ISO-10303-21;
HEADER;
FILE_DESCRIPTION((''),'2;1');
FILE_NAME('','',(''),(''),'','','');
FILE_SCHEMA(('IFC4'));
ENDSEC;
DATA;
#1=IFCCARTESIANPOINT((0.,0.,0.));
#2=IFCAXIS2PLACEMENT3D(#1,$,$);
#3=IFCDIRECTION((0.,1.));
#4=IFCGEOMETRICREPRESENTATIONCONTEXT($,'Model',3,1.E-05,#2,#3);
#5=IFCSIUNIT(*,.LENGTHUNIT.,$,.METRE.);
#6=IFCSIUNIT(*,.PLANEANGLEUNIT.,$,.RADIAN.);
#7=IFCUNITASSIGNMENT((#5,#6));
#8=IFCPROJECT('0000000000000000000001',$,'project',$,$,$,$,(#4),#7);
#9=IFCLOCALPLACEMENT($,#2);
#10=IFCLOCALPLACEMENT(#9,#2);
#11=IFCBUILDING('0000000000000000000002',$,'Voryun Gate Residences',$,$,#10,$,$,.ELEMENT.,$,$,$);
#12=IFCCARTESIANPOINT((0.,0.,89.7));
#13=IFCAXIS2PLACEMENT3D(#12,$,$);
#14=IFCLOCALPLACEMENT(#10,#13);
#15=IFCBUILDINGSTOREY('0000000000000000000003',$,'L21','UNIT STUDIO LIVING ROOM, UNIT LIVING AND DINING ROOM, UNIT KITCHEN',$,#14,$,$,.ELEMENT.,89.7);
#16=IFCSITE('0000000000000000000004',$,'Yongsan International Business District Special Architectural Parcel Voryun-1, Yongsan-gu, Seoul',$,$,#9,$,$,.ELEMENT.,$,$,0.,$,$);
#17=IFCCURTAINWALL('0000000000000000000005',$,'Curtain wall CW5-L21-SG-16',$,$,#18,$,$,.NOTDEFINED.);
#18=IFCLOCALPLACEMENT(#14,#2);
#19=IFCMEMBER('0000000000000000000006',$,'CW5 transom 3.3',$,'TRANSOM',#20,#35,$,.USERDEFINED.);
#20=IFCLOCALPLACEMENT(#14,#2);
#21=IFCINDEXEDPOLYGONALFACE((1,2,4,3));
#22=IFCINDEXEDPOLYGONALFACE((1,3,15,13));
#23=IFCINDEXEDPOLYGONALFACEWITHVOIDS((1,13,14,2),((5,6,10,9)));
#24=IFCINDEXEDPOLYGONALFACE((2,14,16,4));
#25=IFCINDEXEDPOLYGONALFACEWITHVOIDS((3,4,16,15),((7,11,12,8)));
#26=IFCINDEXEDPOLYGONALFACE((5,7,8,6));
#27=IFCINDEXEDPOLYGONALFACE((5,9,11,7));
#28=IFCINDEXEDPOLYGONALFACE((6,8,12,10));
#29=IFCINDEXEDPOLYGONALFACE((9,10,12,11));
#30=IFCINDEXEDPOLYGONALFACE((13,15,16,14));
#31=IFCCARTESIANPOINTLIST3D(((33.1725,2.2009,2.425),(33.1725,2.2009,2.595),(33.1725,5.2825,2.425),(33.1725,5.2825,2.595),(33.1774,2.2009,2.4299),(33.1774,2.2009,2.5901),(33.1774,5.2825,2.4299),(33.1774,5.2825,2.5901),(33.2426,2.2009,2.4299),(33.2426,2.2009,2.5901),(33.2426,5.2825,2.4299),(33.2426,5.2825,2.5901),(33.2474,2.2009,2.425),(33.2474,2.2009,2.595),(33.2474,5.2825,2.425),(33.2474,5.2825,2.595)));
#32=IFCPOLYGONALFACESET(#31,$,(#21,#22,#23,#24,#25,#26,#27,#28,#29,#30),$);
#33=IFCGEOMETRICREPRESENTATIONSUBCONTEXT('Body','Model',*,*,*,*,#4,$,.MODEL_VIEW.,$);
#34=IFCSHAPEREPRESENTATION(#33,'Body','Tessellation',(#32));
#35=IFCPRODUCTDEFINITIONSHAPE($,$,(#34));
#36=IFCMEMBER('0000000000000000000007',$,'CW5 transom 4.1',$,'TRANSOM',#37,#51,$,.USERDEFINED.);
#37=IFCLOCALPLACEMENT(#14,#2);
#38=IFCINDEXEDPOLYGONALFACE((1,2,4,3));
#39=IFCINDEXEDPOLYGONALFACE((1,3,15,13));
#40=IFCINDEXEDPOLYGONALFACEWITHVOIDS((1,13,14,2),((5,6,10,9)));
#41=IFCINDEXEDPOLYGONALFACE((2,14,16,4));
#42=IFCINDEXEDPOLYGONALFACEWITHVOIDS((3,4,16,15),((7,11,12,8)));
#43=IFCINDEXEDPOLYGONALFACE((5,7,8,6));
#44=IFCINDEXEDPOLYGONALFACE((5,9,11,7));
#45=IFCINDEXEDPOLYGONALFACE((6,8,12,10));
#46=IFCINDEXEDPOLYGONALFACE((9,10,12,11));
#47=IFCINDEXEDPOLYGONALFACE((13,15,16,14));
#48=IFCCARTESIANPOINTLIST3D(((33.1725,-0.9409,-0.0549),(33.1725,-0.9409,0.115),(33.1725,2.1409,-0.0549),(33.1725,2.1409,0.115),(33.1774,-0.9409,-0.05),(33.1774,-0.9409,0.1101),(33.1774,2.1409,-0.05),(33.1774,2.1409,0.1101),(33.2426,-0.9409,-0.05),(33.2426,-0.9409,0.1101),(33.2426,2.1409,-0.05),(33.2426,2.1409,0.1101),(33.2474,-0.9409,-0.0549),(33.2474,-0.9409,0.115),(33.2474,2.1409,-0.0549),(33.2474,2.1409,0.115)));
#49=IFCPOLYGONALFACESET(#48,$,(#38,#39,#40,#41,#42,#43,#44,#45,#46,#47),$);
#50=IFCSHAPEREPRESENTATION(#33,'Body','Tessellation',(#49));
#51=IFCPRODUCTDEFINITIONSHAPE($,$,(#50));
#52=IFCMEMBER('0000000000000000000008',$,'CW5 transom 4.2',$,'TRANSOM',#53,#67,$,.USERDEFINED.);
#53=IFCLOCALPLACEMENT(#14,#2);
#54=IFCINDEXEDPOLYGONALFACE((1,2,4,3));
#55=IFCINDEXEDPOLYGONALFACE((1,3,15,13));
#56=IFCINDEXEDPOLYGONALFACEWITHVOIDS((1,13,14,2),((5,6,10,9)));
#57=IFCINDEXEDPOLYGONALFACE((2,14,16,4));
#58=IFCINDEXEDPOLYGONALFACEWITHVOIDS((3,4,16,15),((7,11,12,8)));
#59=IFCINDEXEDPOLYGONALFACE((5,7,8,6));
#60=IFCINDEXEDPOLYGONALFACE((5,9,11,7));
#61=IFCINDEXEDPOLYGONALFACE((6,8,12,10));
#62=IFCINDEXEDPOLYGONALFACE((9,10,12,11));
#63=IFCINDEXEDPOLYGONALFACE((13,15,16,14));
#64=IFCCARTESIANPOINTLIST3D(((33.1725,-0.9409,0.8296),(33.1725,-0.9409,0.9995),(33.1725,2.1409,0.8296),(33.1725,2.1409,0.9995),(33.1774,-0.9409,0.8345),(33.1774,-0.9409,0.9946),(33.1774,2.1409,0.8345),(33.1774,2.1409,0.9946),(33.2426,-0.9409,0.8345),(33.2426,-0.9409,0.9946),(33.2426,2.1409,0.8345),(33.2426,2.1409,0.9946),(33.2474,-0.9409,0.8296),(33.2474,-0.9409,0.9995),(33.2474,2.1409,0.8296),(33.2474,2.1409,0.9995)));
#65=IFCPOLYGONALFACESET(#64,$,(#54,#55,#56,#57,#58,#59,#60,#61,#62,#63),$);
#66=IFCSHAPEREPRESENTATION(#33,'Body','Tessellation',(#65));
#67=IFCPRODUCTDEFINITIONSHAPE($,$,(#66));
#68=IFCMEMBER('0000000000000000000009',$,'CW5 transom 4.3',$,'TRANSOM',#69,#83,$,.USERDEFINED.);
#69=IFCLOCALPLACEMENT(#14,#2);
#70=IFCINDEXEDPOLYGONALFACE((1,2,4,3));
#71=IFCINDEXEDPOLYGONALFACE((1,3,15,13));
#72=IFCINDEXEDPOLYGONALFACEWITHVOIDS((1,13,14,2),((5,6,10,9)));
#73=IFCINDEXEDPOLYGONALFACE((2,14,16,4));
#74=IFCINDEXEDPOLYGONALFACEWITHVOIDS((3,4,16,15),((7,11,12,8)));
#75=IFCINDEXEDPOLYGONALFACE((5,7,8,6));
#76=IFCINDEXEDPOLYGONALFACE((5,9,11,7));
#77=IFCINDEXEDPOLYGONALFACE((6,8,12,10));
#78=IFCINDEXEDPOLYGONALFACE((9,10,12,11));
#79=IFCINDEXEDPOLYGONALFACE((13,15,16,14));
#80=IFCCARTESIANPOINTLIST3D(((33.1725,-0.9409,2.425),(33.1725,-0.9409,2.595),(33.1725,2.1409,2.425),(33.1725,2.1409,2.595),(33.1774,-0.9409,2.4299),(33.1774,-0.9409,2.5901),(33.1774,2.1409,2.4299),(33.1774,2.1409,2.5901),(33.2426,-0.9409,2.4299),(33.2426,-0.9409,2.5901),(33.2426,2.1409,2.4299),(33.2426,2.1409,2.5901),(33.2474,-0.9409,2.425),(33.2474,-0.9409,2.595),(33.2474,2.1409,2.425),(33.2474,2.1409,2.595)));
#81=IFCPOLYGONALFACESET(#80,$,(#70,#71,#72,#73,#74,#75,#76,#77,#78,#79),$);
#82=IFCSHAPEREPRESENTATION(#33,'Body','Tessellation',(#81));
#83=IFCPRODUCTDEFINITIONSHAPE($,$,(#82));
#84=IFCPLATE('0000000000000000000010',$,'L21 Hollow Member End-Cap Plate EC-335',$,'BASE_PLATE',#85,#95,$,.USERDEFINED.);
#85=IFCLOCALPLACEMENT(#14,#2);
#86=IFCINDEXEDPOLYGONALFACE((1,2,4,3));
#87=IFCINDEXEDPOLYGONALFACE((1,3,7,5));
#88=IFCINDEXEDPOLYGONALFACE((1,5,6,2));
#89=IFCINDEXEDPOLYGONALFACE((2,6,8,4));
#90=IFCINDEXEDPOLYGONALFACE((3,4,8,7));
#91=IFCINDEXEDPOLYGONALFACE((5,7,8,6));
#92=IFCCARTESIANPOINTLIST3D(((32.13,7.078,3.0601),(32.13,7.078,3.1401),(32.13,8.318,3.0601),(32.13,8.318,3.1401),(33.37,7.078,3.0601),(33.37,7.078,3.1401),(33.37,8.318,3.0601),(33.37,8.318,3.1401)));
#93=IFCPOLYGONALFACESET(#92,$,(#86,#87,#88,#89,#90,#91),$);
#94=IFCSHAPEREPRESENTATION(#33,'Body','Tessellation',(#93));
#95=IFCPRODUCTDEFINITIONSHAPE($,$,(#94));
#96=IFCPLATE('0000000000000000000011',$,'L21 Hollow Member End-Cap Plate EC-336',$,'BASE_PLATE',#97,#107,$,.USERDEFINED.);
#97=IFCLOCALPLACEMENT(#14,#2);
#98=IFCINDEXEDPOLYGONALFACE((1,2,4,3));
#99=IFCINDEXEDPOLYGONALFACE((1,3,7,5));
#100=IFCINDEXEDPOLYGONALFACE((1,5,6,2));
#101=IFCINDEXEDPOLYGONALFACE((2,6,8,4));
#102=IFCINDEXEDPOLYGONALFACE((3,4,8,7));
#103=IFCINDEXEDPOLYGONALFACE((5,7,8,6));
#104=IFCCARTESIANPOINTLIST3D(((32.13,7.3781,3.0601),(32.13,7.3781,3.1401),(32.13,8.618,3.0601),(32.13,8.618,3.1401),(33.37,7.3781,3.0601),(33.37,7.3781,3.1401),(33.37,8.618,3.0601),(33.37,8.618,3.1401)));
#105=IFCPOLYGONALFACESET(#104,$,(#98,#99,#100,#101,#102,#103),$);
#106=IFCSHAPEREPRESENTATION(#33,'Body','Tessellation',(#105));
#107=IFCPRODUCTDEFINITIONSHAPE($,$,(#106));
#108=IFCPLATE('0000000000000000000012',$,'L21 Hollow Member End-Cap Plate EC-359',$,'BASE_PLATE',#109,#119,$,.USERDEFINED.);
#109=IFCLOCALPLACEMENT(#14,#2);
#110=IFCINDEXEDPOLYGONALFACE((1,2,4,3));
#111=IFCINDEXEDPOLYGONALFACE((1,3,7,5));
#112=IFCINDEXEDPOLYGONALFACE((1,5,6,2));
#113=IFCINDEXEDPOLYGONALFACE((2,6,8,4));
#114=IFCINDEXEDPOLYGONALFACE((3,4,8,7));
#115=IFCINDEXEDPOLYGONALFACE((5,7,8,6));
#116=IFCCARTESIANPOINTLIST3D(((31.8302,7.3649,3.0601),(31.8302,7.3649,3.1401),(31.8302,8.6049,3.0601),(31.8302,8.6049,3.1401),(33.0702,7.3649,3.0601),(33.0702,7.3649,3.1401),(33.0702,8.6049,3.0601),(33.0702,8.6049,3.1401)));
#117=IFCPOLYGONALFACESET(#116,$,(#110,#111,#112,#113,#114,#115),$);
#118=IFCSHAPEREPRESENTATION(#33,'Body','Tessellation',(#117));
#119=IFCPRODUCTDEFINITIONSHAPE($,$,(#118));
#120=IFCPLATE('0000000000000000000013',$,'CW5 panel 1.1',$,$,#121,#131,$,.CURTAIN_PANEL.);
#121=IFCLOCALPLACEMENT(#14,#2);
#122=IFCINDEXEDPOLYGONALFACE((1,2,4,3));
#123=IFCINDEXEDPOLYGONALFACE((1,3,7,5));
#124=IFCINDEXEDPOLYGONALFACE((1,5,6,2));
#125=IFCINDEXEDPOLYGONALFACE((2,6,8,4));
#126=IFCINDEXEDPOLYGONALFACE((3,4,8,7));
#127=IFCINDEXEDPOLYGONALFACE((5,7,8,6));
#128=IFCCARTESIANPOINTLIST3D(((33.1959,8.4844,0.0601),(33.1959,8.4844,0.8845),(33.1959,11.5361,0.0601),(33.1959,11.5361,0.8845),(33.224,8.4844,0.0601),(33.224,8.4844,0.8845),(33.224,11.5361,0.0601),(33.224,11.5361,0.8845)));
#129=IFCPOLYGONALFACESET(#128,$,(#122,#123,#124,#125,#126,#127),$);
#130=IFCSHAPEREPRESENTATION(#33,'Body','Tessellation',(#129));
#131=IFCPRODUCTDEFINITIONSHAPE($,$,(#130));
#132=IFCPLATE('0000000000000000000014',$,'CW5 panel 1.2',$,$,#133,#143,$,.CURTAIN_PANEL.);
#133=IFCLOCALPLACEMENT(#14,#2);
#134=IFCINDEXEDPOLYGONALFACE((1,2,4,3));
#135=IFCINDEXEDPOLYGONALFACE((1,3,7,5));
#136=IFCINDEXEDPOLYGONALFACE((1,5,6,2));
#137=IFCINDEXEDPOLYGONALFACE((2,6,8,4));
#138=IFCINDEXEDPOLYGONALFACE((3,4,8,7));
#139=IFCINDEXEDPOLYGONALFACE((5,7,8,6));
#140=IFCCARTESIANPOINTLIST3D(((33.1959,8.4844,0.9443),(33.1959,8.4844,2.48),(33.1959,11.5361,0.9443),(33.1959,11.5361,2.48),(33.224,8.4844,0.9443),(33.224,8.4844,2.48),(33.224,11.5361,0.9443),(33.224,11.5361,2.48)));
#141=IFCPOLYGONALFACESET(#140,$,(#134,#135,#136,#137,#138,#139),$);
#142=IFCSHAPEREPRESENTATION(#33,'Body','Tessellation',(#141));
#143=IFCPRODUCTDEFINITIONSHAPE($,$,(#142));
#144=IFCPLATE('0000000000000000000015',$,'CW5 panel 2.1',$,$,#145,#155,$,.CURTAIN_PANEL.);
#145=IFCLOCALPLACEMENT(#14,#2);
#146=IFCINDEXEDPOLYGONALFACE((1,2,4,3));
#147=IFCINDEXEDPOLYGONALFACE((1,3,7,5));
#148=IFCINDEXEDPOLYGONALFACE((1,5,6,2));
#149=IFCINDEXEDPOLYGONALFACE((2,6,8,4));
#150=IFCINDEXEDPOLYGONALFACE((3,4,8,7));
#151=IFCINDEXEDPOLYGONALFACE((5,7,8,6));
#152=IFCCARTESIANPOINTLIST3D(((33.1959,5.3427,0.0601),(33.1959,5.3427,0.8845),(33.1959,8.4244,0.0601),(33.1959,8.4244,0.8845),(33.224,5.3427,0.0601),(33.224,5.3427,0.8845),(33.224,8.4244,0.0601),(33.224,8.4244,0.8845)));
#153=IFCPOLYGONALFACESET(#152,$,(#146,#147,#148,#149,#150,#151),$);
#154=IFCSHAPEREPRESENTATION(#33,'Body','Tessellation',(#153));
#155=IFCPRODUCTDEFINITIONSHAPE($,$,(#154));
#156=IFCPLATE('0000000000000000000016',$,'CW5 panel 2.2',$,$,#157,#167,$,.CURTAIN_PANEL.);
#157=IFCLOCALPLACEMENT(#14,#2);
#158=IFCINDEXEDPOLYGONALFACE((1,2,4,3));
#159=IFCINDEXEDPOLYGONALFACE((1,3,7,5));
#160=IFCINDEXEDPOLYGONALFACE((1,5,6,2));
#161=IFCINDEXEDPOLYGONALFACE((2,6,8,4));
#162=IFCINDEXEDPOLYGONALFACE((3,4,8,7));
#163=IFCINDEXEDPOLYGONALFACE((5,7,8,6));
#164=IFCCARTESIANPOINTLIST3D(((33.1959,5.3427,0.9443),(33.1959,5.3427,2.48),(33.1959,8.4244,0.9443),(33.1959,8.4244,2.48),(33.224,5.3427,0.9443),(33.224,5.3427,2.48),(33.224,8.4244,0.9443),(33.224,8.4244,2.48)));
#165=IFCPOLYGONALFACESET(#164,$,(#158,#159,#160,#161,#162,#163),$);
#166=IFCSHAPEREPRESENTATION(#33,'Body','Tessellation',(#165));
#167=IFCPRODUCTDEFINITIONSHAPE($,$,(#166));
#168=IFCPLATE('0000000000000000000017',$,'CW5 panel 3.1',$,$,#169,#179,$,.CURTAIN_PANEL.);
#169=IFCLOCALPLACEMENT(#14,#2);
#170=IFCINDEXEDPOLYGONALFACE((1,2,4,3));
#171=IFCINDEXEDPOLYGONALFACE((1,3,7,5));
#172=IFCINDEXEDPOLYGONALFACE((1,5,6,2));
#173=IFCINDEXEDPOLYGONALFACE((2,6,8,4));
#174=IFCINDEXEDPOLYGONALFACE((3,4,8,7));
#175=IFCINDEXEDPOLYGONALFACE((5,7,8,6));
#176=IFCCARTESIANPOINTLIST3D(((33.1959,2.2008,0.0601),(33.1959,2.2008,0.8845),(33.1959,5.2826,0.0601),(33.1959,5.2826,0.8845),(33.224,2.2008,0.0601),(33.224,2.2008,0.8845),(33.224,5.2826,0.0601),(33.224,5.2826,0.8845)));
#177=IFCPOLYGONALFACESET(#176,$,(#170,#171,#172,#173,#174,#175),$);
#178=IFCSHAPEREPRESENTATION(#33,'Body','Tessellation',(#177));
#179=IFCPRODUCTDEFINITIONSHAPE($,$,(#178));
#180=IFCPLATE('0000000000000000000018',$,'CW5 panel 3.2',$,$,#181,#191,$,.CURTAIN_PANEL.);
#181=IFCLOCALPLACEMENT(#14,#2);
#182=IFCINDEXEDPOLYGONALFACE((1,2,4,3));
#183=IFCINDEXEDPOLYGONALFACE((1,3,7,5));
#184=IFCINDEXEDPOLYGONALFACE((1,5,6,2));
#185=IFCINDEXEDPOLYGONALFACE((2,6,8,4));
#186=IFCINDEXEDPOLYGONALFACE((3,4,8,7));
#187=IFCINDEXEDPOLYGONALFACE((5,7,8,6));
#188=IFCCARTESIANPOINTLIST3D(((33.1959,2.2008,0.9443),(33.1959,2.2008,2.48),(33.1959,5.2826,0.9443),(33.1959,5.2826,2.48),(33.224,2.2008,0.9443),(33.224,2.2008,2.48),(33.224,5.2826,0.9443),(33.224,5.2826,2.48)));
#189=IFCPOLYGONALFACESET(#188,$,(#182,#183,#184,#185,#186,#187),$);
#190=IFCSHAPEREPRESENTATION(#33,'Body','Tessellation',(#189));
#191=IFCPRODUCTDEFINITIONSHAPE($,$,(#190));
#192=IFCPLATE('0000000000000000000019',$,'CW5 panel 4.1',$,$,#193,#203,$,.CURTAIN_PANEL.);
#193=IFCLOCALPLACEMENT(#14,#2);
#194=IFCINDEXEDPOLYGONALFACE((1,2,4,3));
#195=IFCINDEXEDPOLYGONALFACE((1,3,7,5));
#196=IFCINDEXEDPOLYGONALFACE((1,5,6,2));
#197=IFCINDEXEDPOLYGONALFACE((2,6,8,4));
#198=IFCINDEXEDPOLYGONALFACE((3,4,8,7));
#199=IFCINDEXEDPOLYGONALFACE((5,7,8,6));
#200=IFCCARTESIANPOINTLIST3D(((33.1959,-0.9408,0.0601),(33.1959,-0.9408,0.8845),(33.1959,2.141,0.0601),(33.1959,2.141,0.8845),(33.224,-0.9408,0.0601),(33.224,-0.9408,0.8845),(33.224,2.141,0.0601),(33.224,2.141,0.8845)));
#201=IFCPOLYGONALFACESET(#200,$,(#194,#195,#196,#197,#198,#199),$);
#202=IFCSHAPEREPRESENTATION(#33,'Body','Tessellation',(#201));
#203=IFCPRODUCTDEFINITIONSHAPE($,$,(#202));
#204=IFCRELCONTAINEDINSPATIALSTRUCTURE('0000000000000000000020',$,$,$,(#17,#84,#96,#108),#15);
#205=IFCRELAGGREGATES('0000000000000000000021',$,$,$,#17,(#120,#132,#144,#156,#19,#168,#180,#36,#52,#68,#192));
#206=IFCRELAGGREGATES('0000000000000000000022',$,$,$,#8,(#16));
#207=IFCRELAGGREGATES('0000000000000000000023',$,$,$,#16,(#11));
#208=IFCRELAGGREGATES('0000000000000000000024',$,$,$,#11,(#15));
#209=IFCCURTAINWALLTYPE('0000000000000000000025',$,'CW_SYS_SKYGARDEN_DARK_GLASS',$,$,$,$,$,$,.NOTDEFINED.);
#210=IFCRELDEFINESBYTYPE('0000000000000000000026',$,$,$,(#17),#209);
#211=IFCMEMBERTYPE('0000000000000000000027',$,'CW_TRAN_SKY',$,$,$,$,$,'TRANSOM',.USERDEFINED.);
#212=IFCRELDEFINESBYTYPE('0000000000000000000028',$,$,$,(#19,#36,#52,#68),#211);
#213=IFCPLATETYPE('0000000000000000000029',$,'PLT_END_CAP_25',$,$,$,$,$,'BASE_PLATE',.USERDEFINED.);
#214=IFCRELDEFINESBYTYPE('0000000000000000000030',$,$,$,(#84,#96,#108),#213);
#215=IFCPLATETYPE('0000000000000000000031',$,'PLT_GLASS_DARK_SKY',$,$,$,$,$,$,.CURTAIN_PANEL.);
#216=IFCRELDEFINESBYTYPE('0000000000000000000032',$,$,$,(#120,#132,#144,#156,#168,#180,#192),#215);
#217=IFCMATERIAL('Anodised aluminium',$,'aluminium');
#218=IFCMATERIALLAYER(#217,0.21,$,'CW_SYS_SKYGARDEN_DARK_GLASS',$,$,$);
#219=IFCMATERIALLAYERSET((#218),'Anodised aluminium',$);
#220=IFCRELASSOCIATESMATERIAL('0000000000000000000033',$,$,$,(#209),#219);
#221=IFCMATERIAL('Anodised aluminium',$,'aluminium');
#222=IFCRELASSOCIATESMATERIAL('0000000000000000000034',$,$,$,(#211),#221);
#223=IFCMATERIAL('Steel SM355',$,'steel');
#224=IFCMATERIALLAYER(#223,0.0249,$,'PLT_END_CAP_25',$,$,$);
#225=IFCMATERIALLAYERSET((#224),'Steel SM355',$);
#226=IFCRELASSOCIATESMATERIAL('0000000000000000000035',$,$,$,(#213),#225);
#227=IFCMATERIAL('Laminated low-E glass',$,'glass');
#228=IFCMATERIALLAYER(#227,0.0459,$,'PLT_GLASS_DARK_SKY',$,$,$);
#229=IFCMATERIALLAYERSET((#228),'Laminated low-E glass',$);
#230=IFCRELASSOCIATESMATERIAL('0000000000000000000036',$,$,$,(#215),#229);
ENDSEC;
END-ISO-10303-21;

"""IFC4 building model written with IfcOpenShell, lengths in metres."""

from ifc_helpers import new_model, si_unit, direction, frame, origin, origin_2d, place, context, subcontext, project, spatial, rectangle, hollow_rectangle, extrude, material, layer, layer_set, material_profile, profile_set, type_object, element, aggregate, save


model = new_model("IFC4")

# Units and contexts
model_context = context("Model", 3, precision=1e-05, world=origin(), true_north=direction((0.0, 1.0)))
body_context = subcontext(model_context, "Body", "Model", "MODEL_VIEW")
ifc_project = project(units=[si_unit("LENGTHUNIT", "METRE"), si_unit("PLANEANGLEUNIT", "RADIAN")], contexts=[model_context])

# Site, building, storey
site_placement = place(None, origin())
site = spatial("IfcSite", under=ifc_project, at=site_placement, Name="Yongsan International Business District Special Architectural Parcel Voryun-1, Yongsan-gu, Seoul", CompositionType="ELEMENT", RefElevation=0.0)
building_placement = place(site_placement, origin())
building = spatial("IfcBuilding", under=site, at=building_placement, Name="Voryun Gate Residences", CompositionType="ELEMENT")
storey_placement = place(building_placement, frame((0.0, 0.0, 89.7)))
storey = spatial("IfcBuildingStorey", under=building, at=storey_placement, Name="L21", Description="UNIT STUDIO LIVING ROOM, UNIT LIVING AND DINING ROOM, UNIT KITCHEN", CompositionType="ELEMENT", Elevation=89.7)

# Curtain wall, members
ifc_material_1 = material(Name="Anodised aluminium", Category="aluminium")
ifc_layer_1 = layer(ifc_material_1, 0.21, Name="CW_SYS_SKYGARDEN_DARK_GLASS")
ifc_layer_set_1 = layer_set([ifc_layer_1], Name="Anodised aluminium")
curtain_wall_type = type_object("IfcCurtainWallType", Name="CW_SYS_SKYGARDEN_DARK_GLASS", PredefinedType="NOTDEFINED", material=ifc_layer_set_1)
curtain_wall_placement = place(storey_placement, origin())
curtain_wall = element("IfcCurtainWall", 1, at=curtain_wall_placement, inside=storey, type_object=curtain_wall_type, Name="Curtain wall CW5-L21-SG-16", PredefinedType="NOTDEFINED")
ifc_material_2 = material(Name="Anodised aluminium", Category="aluminium")
ifc_material_profile_1 = material_profile(ifc_material_2, hollow_rectangle(XDim=0.075, YDim=0.1699, WallThickness=0.0049, at=origin_2d()), Name="ALU-TRAN-170x75x5")
ifc_profile_set_1 = profile_set([ifc_material_profile_1], Name="Anodised aluminium")
member_type_1 = type_object("IfcMemberType", Name="CW_TRAN_SKY", ElementType="TRANSOM", PredefinedType="USERDEFINED", material=ifc_profile_set_1)
member_1_placement = place(storey_placement, frame((33.21, 5.2825, 2.51), z_axis=(0.0, -1.0, 0.0), x_axis=(1.0, 0.0, 0.0)))
member_1 = element("IfcMember", 2, at=member_1_placement, type_object=member_type_1, Name="CW5 transom 3.3", ObjectType="TRANSOM", PredefinedType="USERDEFINED", context=body_context, shape_type="SweptSolid", body=[
    extrude(hollow_rectangle(XDim=0.075, YDim=0.1699, WallThickness=0.0049, at=origin_2d()), origin(), (0.0, 0.0, 1.0), 3.0815),
])
member_2_placement = place(storey_placement, frame((33.21, 2.1409, 0.03), z_axis=(0.0, -1.0, 0.0), x_axis=(1.0, 0.0, 0.0)))
member_2 = element("IfcMember", 3, at=member_2_placement, type_object=member_type_1, Name="CW5 transom 4.1", ObjectType="TRANSOM", PredefinedType="USERDEFINED", context=body_context, shape_type="SweptSolid", body=[
    extrude(hollow_rectangle(XDim=0.075, YDim=0.1699, WallThickness=0.0049, at=origin_2d()), origin(), (0.0, 0.0, 1.0), 3.0818),
])
member_3_placement = place(storey_placement, frame((33.21, 2.1409, 0.9146), z_axis=(0.0, -1.0, 0.0), x_axis=(1.0, 0.0, 0.0)))
member_3 = element("IfcMember", 4, at=member_3_placement, type_object=member_type_1, Name="CW5 transom 4.2", ObjectType="TRANSOM", PredefinedType="USERDEFINED", context=body_context, shape_type="SweptSolid", body=[
    extrude(hollow_rectangle(XDim=0.075, YDim=0.1699, WallThickness=0.0049, at=origin_2d()), origin(), (0.0, 0.0, 1.0), 3.0818),
])
member_4_placement = place(storey_placement, frame((33.21, 2.1409, 2.51), z_axis=(0.0, -1.0, 0.0), x_axis=(1.0, 0.0, 0.0)))
member_4 = element("IfcMember", 5, at=member_4_placement, type_object=member_type_1, Name="CW5 transom 4.3", ObjectType="TRANSOM", PredefinedType="USERDEFINED", context=body_context, shape_type="SweptSolid", body=[
    extrude(hollow_rectangle(XDim=0.075, YDim=0.1699, WallThickness=0.0049, at=origin_2d()), origin(), (0.0, 0.0, 1.0), 3.0818),
])

# Plates
ifc_material_3 = material(Name="Steel SM355", Category="steel")
ifc_layer_2 = layer(ifc_material_3, 0.0249, Name="PLT_END_CAP_25")
ifc_layer_set_2 = layer_set([ifc_layer_2], Name="Steel SM355")
plate_type_1 = type_object("IfcPlateType", Name="PLT_END_CAP_25", ElementType="BASE_PLATE", PredefinedType="USERDEFINED", material=ifc_layer_set_2)
for number, where, z_axis, x_axis, name in (
    (6, (32.75, 7.698, 3.0601), (0.0, 0.0, 1.0), (1.0, 0.0, 0.0), "L21 Hollow Member End-Cap Plate EC-335"),
    (7, (32.75, 7.998, 3.0601), (0.0, 0.0, 1.0), (1.0, 0.0, 0.0), "L21 Hollow Member End-Cap Plate EC-336"),
    (8, (32.4502, 7.9849, 3.0601), (0.0, 0.0, 1.0), (1.0, 0.0, 0.0), "L21 Hollow Member End-Cap Plate EC-359"),
):
    element("IfcPlate", number, at=place(storey_placement, frame(where, z_axis=z_axis, x_axis=x_axis)), inside=storey, type_object=plate_type_1, Name=name, ObjectType="BASE_PLATE", PredefinedType="USERDEFINED", context=body_context, shape_type="SweptSolid", body=[
        extrude(rectangle(XDim=1.24, YDim=1.24, at=origin_2d()), origin(), (0.0, 0.0, 1.0), 0.0801),
    ])

# Plates
ifc_material_4 = material(Name="Laminated low-E glass", Category="glass")
ifc_layer_3 = layer(ifc_material_4, 0.0459, Name="PLT_GLASS_DARK_SKY")
ifc_layer_set_3 = layer_set([ifc_layer_3], Name="Laminated low-E glass")
plate_type_2 = type_object("IfcPlateType", Name="PLT_GLASS_DARK_SKY", PredefinedType="CURTAIN_PANEL", material=ifc_layer_set_3)
plate_1_placement = place(storey_placement, frame((33.21, 10.0103, 0.0601), z_axis=(0.0, 0.0, 1.0), x_axis=(0.0, -1.0, 0.0)))
plate_1 = element("IfcPlate", 9, at=plate_1_placement, type_object=plate_type_2, Name="CW5 panel 1.1", PredefinedType="CURTAIN_PANEL", context=body_context, shape_type="SweptSolid", body=[
    extrude(rectangle(XDim=3.0518, YDim=0.0281, at=origin_2d()), origin(), (0.0, 0.0, 1.0), 0.8245),
])
plate_2_placement = place(storey_placement, frame((33.21, 10.0103, 0.9443), z_axis=(0.0, 0.0, 1.0), x_axis=(0.0, -1.0, 0.0)))
plate_2 = element("IfcPlate", 10, at=plate_2_placement, type_object=plate_type_2, Name="CW5 panel 1.2", PredefinedType="CURTAIN_PANEL", context=body_context, shape_type="SweptSolid", body=[
    extrude(rectangle(XDim=3.0518, YDim=0.0281, at=origin_2d()), origin(), (0.0, 0.0, 1.0), 1.5356),
])
plate_3_placement = place(storey_placement, frame((33.21, 6.8835, 0.0601), z_axis=(0.0, 0.0, 1.0), x_axis=(0.0, -1.0, 0.0)))
plate_3 = element("IfcPlate", 11, at=plate_3_placement, type_object=plate_type_2, Name="CW5 panel 2.1", PredefinedType="CURTAIN_PANEL", context=body_context, shape_type="SweptSolid", body=[
    extrude(rectangle(XDim=3.0818, YDim=0.0281, at=origin_2d()), origin(), (0.0, 0.0, 1.0), 0.8245),
])
plate_4_placement = place(storey_placement, frame((33.21, 6.8835, 0.9443), z_axis=(0.0, 0.0, 1.0), x_axis=(0.0, -1.0, 0.0)))
plate_4 = element("IfcPlate", 12, at=plate_4_placement, type_object=plate_type_2, Name="CW5 panel 2.2", PredefinedType="CURTAIN_PANEL", context=body_context, shape_type="SweptSolid", body=[
    extrude(rectangle(XDim=3.0818, YDim=0.0281, at=origin_2d()), origin(), (0.0, 0.0, 1.0), 1.5356),
])
plate_5_placement = place(storey_placement, frame((33.21, 3.7417, 0.0601), z_axis=(0.0, 0.0, 1.0), x_axis=(0.0, -1.0, 0.0)))
plate_5 = element("IfcPlate", 13, at=plate_5_placement, type_object=plate_type_2, Name="CW5 panel 3.1", PredefinedType="CURTAIN_PANEL", context=body_context, shape_type="SweptSolid", body=[
    extrude(rectangle(XDim=3.0818, YDim=0.0281, at=origin_2d()), origin(), (0.0, 0.0, 1.0), 0.8245),
])
plate_6_placement = place(storey_placement, frame((33.21, 3.7417, 0.9443), z_axis=(0.0, 0.0, 1.0), x_axis=(0.0, -1.0, 0.0)))
plate_6 = element("IfcPlate", 14, at=plate_6_placement, type_object=plate_type_2, Name="CW5 panel 3.2", PredefinedType="CURTAIN_PANEL", context=body_context, shape_type="SweptSolid", body=[
    extrude(rectangle(XDim=3.0818, YDim=0.0281, at=origin_2d()), origin(), (0.0, 0.0, 1.0), 1.5356),
])
plate_7_placement = place(storey_placement, frame((33.21, 0.6001, 0.0601), z_axis=(0.0, 0.0, 1.0), x_axis=(0.0, -1.0, 0.0)))
plate_7 = element("IfcPlate", 15, at=plate_7_placement, type_object=plate_type_2, Name="CW5 panel 4.1", PredefinedType="CURTAIN_PANEL", context=body_context, shape_type="SweptSolid", body=[
    extrude(rectangle(XDim=3.0818, YDim=0.0281, at=origin_2d()), origin(), (0.0, 0.0, 1.0), 0.8245),
])
aggregate(curtain_wall, [plate_1, plate_2, plate_3, plate_4, member_1, plate_5, plate_6, member_2, member_3, member_4, plate_7])

save(model, "model.ifc")
